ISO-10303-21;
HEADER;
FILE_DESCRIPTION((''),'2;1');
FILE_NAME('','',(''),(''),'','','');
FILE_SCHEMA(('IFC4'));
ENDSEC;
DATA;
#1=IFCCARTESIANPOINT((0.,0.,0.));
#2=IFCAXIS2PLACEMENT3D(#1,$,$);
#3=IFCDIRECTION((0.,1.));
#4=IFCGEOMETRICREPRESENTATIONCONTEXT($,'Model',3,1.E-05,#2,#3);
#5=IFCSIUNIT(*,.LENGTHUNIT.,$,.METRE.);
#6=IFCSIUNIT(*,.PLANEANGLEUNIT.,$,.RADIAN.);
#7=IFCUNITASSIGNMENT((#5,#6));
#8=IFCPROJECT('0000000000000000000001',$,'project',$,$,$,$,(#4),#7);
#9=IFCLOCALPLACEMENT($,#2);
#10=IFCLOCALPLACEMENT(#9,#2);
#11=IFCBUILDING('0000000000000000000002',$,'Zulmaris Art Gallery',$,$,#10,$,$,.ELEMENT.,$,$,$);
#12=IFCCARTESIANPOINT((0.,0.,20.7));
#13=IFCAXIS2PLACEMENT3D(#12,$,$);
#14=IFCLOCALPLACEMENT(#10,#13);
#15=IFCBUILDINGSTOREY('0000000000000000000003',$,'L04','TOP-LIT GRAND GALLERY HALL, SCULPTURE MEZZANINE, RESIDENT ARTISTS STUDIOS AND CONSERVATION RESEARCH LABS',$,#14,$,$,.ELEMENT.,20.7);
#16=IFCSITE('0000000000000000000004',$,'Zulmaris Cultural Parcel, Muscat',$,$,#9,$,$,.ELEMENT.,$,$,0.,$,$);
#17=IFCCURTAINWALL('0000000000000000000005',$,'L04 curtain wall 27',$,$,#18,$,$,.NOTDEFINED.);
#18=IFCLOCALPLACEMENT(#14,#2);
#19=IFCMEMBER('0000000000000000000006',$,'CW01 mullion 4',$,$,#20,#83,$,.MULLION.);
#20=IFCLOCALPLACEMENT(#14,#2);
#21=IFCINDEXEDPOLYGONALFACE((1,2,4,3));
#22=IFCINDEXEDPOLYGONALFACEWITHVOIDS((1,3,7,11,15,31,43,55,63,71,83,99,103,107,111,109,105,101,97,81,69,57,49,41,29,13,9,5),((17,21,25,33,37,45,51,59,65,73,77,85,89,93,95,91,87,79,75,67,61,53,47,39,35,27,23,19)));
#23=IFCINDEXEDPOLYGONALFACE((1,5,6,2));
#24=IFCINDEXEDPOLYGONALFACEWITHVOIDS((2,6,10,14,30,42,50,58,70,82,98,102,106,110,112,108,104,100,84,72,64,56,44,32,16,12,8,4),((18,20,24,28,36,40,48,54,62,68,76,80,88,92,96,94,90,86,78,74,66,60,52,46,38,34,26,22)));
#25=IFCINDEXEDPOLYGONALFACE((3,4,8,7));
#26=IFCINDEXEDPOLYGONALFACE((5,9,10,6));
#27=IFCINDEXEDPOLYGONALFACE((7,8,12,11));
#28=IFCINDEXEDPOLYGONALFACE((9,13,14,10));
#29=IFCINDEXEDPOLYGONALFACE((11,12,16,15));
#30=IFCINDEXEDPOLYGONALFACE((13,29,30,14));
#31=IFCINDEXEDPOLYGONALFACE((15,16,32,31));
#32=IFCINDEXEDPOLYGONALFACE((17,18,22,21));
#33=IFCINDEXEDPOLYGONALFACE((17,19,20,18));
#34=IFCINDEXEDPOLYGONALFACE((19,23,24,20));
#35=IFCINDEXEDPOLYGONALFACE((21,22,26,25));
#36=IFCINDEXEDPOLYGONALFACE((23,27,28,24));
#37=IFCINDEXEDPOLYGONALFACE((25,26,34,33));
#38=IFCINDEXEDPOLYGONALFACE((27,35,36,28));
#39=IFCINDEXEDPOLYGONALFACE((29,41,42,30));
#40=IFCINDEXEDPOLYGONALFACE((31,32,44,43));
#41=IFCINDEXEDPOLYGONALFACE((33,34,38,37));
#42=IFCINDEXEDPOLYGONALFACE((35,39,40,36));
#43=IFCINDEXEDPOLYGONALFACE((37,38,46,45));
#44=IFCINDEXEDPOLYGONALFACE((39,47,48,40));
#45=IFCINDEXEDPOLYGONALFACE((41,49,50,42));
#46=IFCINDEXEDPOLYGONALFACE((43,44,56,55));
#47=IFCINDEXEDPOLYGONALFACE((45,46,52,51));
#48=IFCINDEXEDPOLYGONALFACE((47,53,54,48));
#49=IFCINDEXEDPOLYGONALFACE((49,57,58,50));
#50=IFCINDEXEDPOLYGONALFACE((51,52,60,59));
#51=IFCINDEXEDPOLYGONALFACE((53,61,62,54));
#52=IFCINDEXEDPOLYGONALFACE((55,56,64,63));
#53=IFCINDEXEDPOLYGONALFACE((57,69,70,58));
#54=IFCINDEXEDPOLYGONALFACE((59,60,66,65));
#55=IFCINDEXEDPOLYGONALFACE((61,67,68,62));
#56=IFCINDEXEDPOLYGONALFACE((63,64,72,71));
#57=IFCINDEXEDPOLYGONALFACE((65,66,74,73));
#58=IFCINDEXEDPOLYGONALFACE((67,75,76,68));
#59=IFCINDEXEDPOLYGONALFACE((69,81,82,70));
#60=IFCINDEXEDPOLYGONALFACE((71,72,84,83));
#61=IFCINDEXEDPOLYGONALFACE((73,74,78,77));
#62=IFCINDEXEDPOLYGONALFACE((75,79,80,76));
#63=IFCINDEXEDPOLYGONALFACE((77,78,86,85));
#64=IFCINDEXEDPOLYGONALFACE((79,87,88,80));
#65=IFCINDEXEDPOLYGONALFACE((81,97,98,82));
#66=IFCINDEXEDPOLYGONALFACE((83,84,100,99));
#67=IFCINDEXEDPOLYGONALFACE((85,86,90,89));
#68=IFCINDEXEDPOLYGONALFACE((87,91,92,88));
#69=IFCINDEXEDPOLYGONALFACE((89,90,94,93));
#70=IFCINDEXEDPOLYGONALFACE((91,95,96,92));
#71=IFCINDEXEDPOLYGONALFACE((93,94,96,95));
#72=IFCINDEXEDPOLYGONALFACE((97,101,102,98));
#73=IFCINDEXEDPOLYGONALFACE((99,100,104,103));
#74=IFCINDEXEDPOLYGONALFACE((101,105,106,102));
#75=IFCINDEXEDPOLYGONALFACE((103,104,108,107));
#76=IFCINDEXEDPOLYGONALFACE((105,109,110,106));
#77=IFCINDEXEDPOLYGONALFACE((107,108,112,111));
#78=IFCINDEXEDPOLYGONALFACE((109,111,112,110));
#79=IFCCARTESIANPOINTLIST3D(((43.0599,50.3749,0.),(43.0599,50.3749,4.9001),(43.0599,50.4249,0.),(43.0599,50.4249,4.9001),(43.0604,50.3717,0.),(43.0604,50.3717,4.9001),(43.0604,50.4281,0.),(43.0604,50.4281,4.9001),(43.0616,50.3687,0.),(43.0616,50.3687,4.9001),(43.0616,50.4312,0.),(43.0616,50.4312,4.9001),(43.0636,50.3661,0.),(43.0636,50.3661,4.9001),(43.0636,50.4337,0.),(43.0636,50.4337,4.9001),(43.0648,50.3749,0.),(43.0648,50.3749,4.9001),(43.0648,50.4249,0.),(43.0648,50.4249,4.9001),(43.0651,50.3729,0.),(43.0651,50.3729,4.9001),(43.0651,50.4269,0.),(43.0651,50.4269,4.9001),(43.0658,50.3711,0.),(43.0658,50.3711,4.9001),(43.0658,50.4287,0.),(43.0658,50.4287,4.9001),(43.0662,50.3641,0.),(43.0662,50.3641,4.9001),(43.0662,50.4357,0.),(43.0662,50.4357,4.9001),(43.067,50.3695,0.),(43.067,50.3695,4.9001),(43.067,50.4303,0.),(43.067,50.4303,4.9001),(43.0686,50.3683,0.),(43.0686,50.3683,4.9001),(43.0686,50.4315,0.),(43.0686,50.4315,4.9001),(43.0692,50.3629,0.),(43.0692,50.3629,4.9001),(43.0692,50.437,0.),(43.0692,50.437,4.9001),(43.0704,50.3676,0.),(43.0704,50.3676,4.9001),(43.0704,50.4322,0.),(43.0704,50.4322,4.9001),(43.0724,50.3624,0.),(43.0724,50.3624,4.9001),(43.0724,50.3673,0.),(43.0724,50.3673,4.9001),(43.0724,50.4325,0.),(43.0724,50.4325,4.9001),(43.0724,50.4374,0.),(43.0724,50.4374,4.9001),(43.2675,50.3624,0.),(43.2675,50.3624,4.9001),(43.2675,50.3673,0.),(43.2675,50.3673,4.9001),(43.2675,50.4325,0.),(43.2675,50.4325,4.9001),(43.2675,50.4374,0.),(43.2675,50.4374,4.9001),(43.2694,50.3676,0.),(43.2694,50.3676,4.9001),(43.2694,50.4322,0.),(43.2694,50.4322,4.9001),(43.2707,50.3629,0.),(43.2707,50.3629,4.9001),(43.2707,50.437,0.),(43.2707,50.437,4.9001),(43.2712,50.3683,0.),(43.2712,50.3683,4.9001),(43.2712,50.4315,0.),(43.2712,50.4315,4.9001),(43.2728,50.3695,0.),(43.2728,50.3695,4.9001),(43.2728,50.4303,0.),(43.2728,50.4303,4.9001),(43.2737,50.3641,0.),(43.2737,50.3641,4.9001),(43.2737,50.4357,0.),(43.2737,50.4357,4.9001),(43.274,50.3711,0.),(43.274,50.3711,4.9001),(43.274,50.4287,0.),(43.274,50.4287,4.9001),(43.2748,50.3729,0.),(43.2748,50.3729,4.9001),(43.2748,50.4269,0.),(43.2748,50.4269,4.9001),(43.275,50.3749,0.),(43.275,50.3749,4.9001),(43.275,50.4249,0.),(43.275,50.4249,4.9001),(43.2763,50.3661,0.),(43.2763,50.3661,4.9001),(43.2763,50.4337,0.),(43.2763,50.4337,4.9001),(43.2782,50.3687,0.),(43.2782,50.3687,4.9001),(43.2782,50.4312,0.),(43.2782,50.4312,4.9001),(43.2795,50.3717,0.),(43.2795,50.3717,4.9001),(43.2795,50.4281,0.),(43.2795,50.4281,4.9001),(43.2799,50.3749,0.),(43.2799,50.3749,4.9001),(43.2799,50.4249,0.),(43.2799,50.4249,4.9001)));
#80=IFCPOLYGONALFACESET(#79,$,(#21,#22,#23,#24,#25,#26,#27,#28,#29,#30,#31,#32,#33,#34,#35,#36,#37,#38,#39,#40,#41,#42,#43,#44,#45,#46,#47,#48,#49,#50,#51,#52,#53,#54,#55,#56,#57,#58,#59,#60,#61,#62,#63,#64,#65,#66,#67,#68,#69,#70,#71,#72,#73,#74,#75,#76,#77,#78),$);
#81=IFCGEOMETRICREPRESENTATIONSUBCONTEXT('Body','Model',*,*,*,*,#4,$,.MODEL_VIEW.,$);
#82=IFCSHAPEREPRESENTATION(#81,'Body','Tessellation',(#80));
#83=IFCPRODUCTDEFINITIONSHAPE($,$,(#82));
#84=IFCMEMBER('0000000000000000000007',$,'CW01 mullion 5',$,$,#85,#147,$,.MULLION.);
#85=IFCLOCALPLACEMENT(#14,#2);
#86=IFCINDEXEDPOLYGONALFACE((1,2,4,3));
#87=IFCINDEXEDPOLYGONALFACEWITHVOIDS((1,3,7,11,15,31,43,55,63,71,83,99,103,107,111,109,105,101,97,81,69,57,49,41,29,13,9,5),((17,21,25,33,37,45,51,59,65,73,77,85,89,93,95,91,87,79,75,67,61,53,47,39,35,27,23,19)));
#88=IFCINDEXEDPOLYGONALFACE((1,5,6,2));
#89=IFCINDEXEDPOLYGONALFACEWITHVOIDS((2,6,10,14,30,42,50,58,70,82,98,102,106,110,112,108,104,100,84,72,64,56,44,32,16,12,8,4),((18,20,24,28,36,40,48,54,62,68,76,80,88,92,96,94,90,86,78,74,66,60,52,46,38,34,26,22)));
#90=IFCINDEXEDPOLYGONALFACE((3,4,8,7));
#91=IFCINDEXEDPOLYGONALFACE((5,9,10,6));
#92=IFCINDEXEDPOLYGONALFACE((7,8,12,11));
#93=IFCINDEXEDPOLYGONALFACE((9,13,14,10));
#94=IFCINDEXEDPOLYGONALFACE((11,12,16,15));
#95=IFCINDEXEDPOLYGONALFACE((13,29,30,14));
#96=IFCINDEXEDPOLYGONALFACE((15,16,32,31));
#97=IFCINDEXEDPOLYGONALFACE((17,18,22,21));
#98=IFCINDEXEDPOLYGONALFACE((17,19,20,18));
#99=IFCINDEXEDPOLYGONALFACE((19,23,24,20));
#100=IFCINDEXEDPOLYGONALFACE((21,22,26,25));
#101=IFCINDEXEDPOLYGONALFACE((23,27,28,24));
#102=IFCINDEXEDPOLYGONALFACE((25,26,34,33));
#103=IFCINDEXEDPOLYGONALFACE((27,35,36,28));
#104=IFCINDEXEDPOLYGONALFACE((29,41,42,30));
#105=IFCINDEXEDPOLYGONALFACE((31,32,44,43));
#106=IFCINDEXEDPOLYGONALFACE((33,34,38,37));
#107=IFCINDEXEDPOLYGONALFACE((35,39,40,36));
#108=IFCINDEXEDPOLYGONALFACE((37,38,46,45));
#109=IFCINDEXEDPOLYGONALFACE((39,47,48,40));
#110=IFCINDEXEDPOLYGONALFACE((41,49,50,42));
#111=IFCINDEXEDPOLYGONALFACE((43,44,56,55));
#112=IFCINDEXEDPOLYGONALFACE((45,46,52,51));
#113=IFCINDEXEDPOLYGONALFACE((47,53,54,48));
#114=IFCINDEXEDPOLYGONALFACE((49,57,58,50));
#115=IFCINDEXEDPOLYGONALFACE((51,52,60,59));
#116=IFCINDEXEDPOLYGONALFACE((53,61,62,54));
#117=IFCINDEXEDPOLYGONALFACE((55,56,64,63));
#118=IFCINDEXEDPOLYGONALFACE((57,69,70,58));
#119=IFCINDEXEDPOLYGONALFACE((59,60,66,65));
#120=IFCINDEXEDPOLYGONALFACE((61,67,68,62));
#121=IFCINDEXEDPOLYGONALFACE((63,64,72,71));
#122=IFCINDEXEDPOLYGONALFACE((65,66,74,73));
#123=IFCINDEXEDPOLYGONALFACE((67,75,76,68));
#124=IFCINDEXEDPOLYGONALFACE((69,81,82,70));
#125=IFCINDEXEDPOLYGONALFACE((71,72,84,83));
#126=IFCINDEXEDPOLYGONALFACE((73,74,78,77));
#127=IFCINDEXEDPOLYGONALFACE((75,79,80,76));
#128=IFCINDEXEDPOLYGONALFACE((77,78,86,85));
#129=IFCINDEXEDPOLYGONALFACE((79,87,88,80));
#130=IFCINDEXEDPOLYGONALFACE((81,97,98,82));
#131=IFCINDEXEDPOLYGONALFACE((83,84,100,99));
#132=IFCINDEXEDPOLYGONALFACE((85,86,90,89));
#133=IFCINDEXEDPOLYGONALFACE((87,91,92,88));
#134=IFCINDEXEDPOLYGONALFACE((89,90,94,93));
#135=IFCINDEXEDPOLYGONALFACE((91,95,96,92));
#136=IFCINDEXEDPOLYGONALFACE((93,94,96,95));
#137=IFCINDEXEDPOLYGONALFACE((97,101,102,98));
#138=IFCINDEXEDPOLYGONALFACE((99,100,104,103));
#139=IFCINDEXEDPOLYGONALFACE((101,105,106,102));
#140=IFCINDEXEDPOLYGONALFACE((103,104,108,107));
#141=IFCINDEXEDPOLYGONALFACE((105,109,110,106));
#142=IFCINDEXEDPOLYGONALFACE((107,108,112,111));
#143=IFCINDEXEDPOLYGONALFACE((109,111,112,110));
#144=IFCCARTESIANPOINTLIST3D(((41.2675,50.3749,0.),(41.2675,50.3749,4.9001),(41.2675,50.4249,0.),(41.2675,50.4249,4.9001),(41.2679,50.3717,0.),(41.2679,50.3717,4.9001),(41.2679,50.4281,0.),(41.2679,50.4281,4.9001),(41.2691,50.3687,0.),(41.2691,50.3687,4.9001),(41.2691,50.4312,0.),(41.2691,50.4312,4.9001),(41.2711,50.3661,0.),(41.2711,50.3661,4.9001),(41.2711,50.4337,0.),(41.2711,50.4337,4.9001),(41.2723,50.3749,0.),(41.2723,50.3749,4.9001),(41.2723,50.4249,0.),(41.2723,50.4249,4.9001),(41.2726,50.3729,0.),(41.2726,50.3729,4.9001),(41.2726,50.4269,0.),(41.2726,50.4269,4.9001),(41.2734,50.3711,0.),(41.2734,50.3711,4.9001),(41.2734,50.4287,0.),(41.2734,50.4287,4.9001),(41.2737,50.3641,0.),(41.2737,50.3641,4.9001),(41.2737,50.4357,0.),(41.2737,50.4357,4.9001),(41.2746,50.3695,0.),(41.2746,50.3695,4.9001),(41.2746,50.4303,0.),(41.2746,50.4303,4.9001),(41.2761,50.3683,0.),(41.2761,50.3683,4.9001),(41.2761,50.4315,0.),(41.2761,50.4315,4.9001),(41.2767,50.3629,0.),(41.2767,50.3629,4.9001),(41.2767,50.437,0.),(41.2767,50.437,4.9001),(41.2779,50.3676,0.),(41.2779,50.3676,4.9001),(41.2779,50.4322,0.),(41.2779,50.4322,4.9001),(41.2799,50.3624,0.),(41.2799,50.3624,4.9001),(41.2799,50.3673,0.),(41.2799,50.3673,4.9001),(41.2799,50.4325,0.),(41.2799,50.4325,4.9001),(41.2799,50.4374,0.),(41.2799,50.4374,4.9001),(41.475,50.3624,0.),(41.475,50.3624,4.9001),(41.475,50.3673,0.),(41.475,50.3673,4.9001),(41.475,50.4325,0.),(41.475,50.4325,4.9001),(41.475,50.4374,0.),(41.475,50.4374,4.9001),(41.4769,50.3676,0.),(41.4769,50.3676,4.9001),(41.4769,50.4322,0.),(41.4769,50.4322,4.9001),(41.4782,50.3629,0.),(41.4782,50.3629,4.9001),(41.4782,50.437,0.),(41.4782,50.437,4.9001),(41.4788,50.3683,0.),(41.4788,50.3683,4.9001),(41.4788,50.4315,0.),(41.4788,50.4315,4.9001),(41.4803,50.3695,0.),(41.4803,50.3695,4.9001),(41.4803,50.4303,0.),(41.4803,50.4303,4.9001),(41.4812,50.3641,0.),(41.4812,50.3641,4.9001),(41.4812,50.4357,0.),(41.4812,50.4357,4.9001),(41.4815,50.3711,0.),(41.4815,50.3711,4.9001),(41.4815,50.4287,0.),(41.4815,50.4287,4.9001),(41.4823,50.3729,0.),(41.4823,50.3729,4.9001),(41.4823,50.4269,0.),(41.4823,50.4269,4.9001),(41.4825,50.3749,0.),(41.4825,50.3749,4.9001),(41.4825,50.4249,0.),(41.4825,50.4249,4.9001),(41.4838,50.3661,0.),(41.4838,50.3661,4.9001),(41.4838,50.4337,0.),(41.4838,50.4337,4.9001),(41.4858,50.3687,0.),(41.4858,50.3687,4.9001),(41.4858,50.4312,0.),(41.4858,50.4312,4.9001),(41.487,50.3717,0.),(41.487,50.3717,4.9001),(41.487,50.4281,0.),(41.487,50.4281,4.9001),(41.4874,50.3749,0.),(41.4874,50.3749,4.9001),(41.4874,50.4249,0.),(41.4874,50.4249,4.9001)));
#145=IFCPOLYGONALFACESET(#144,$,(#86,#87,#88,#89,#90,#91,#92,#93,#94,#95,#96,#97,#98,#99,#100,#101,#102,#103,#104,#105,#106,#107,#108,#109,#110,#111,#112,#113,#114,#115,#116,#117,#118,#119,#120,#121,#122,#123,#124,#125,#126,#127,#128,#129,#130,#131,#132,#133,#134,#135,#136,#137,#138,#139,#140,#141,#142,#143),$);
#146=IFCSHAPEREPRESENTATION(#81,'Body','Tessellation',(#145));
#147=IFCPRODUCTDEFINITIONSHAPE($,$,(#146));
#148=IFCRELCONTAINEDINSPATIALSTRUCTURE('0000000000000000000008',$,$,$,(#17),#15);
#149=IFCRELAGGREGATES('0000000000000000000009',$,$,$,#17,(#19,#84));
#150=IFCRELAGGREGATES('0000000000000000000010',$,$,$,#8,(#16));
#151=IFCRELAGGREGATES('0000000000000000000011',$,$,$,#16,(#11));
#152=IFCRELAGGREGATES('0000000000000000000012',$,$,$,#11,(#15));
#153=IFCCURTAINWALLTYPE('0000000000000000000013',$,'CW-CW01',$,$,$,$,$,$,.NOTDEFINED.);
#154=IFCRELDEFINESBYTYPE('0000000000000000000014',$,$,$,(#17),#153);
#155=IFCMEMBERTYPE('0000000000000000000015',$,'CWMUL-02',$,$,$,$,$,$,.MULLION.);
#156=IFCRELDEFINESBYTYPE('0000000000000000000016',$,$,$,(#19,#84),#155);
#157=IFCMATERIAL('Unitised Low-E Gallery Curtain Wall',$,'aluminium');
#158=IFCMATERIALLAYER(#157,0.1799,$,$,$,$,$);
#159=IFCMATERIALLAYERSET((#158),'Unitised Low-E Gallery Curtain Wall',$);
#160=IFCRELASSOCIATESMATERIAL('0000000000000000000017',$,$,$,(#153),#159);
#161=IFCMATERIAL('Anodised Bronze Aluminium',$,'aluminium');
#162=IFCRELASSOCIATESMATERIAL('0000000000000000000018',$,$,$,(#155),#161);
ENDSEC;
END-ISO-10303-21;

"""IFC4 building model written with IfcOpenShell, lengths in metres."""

from ifc_helpers import new_model, si_unit, direction, frame, origin, origin_2d, place, context, subcontext, project, spatial, hollow_rectangle, extrude, material, layer, layer_set, material_profile, profile_set, type_object, element, aggregate, save


model = new_model("IFC4")

# Units and contexts
model_context = context("Model", 3, precision=1e-05, world=origin(), true_north=direction((0.0, 1.0)))
body_context = subcontext(model_context, "Body", "Model", "MODEL_VIEW")
ifc_project = project(units=[si_unit("LENGTHUNIT", "METRE"), si_unit("PLANEANGLEUNIT", "RADIAN")], contexts=[model_context])

# Site, building, storey
site_placement = place(None, origin())
site = spatial("IfcSite", under=ifc_project, at=site_placement, Name="Zulmaris Cultural Parcel, Muscat", CompositionType="ELEMENT", RefElevation=0.0)
building_placement = place(site_placement, origin())
building = spatial("IfcBuilding", under=site, at=building_placement, Name="Zulmaris Art Gallery", CompositionType="ELEMENT")
storey_placement = place(building_placement, frame((0.0, 0.0, 20.7)))
storey = spatial("IfcBuildingStorey", under=building, at=storey_placement, Name="L04", Description="TOP-LIT GRAND GALLERY HALL, SCULPTURE MEZZANINE, RESIDENT ARTISTS STUDIOS AND CONSERVATION RESEARCH LABS", CompositionType="ELEMENT", Elevation=20.7)

# Shared definitions
ifc_material_1 = material(Name="Unitised Low-E Gallery Curtain Wall", Category="aluminium")
ifc_layer_1 = layer(ifc_material_1, 0.1799)
ifc_layer_set_1 = layer_set([ifc_layer_1], Name="Unitised Low-E Gallery Curtain Wall")
curtain_wall_type = type_object("IfcCurtainWallType", Name="CW-CW01", PredefinedType="NOTDEFINED", material=ifc_layer_set_1)
ifc_material_2 = material(Name="Anodised Bronze Aluminium", Category="aluminium")
ifc_material_profile_1 = material_profile(ifc_material_2, hollow_rectangle(XDim=0.075, YDim=0.22, WallThickness=0.0049, InnerFilletRadius=0.0076, OuterFilletRadius=0.0125, at=origin_2d()), Name="ALU 75x220x5")
ifc_profile_set_1 = profile_set([ifc_material_profile_1], Name="Anodised Bronze Aluminium")
member_type_1 = type_object("IfcMemberType", Name="CWMUL-02", PredefinedType="MULLION", material=ifc_profile_set_1)

# Curtain wall, members
curtain_wall_1_placement = place(storey_placement, origin())
curtain_wall_1 = element("IfcCurtainWall", 1, at=curtain_wall_1_placement, inside=storey, type_object=curtain_wall_type, Name="L04 curtain wall 27", PredefinedType="NOTDEFINED")
member_1_placement = place(storey_placement, frame((43.1699, 50.3999, 0.0), z_axis=(0.0, 0.0, 1.0), x_axis=(0.0, -1.0, 0.0)))
member_1 = element("IfcMember", 2, at=member_1_placement, type_object=member_type_1, Name="CW01 mullion 4", PredefinedType="MULLION", context=body_context, shape_type="SweptSolid", body=[
    extrude(hollow_rectangle(XDim=0.075, YDim=0.22, WallThickness=0.0049, InnerFilletRadius=0.0076, OuterFilletRadius=0.0125, at=origin_2d()), origin(), (0.0, 0.0, 1.0), 4.9001),
])
member_2_placement = place(storey_placement, frame((41.3774, 50.3999, 0.0), z_axis=(0.0, 0.0, 1.0), x_axis=(0.0, -1.0, 0.0)))
member_2 = element("IfcMember", 3, at=member_2_placement, type_object=member_type_1, Name="CW01 mullion 5", PredefinedType="MULLION", context=body_context, shape_type="SweptSolid", body=[
    extrude(hollow_rectangle(XDim=0.075, YDim=0.22, WallThickness=0.0049, InnerFilletRadius=0.0076, OuterFilletRadius=0.0125, at=origin_2d()), origin(), (0.0, 0.0, 1.0), 4.9001),
])
aggregate(curtain_wall_1, [member_1, member_2])

save(model, "model.ifc")
